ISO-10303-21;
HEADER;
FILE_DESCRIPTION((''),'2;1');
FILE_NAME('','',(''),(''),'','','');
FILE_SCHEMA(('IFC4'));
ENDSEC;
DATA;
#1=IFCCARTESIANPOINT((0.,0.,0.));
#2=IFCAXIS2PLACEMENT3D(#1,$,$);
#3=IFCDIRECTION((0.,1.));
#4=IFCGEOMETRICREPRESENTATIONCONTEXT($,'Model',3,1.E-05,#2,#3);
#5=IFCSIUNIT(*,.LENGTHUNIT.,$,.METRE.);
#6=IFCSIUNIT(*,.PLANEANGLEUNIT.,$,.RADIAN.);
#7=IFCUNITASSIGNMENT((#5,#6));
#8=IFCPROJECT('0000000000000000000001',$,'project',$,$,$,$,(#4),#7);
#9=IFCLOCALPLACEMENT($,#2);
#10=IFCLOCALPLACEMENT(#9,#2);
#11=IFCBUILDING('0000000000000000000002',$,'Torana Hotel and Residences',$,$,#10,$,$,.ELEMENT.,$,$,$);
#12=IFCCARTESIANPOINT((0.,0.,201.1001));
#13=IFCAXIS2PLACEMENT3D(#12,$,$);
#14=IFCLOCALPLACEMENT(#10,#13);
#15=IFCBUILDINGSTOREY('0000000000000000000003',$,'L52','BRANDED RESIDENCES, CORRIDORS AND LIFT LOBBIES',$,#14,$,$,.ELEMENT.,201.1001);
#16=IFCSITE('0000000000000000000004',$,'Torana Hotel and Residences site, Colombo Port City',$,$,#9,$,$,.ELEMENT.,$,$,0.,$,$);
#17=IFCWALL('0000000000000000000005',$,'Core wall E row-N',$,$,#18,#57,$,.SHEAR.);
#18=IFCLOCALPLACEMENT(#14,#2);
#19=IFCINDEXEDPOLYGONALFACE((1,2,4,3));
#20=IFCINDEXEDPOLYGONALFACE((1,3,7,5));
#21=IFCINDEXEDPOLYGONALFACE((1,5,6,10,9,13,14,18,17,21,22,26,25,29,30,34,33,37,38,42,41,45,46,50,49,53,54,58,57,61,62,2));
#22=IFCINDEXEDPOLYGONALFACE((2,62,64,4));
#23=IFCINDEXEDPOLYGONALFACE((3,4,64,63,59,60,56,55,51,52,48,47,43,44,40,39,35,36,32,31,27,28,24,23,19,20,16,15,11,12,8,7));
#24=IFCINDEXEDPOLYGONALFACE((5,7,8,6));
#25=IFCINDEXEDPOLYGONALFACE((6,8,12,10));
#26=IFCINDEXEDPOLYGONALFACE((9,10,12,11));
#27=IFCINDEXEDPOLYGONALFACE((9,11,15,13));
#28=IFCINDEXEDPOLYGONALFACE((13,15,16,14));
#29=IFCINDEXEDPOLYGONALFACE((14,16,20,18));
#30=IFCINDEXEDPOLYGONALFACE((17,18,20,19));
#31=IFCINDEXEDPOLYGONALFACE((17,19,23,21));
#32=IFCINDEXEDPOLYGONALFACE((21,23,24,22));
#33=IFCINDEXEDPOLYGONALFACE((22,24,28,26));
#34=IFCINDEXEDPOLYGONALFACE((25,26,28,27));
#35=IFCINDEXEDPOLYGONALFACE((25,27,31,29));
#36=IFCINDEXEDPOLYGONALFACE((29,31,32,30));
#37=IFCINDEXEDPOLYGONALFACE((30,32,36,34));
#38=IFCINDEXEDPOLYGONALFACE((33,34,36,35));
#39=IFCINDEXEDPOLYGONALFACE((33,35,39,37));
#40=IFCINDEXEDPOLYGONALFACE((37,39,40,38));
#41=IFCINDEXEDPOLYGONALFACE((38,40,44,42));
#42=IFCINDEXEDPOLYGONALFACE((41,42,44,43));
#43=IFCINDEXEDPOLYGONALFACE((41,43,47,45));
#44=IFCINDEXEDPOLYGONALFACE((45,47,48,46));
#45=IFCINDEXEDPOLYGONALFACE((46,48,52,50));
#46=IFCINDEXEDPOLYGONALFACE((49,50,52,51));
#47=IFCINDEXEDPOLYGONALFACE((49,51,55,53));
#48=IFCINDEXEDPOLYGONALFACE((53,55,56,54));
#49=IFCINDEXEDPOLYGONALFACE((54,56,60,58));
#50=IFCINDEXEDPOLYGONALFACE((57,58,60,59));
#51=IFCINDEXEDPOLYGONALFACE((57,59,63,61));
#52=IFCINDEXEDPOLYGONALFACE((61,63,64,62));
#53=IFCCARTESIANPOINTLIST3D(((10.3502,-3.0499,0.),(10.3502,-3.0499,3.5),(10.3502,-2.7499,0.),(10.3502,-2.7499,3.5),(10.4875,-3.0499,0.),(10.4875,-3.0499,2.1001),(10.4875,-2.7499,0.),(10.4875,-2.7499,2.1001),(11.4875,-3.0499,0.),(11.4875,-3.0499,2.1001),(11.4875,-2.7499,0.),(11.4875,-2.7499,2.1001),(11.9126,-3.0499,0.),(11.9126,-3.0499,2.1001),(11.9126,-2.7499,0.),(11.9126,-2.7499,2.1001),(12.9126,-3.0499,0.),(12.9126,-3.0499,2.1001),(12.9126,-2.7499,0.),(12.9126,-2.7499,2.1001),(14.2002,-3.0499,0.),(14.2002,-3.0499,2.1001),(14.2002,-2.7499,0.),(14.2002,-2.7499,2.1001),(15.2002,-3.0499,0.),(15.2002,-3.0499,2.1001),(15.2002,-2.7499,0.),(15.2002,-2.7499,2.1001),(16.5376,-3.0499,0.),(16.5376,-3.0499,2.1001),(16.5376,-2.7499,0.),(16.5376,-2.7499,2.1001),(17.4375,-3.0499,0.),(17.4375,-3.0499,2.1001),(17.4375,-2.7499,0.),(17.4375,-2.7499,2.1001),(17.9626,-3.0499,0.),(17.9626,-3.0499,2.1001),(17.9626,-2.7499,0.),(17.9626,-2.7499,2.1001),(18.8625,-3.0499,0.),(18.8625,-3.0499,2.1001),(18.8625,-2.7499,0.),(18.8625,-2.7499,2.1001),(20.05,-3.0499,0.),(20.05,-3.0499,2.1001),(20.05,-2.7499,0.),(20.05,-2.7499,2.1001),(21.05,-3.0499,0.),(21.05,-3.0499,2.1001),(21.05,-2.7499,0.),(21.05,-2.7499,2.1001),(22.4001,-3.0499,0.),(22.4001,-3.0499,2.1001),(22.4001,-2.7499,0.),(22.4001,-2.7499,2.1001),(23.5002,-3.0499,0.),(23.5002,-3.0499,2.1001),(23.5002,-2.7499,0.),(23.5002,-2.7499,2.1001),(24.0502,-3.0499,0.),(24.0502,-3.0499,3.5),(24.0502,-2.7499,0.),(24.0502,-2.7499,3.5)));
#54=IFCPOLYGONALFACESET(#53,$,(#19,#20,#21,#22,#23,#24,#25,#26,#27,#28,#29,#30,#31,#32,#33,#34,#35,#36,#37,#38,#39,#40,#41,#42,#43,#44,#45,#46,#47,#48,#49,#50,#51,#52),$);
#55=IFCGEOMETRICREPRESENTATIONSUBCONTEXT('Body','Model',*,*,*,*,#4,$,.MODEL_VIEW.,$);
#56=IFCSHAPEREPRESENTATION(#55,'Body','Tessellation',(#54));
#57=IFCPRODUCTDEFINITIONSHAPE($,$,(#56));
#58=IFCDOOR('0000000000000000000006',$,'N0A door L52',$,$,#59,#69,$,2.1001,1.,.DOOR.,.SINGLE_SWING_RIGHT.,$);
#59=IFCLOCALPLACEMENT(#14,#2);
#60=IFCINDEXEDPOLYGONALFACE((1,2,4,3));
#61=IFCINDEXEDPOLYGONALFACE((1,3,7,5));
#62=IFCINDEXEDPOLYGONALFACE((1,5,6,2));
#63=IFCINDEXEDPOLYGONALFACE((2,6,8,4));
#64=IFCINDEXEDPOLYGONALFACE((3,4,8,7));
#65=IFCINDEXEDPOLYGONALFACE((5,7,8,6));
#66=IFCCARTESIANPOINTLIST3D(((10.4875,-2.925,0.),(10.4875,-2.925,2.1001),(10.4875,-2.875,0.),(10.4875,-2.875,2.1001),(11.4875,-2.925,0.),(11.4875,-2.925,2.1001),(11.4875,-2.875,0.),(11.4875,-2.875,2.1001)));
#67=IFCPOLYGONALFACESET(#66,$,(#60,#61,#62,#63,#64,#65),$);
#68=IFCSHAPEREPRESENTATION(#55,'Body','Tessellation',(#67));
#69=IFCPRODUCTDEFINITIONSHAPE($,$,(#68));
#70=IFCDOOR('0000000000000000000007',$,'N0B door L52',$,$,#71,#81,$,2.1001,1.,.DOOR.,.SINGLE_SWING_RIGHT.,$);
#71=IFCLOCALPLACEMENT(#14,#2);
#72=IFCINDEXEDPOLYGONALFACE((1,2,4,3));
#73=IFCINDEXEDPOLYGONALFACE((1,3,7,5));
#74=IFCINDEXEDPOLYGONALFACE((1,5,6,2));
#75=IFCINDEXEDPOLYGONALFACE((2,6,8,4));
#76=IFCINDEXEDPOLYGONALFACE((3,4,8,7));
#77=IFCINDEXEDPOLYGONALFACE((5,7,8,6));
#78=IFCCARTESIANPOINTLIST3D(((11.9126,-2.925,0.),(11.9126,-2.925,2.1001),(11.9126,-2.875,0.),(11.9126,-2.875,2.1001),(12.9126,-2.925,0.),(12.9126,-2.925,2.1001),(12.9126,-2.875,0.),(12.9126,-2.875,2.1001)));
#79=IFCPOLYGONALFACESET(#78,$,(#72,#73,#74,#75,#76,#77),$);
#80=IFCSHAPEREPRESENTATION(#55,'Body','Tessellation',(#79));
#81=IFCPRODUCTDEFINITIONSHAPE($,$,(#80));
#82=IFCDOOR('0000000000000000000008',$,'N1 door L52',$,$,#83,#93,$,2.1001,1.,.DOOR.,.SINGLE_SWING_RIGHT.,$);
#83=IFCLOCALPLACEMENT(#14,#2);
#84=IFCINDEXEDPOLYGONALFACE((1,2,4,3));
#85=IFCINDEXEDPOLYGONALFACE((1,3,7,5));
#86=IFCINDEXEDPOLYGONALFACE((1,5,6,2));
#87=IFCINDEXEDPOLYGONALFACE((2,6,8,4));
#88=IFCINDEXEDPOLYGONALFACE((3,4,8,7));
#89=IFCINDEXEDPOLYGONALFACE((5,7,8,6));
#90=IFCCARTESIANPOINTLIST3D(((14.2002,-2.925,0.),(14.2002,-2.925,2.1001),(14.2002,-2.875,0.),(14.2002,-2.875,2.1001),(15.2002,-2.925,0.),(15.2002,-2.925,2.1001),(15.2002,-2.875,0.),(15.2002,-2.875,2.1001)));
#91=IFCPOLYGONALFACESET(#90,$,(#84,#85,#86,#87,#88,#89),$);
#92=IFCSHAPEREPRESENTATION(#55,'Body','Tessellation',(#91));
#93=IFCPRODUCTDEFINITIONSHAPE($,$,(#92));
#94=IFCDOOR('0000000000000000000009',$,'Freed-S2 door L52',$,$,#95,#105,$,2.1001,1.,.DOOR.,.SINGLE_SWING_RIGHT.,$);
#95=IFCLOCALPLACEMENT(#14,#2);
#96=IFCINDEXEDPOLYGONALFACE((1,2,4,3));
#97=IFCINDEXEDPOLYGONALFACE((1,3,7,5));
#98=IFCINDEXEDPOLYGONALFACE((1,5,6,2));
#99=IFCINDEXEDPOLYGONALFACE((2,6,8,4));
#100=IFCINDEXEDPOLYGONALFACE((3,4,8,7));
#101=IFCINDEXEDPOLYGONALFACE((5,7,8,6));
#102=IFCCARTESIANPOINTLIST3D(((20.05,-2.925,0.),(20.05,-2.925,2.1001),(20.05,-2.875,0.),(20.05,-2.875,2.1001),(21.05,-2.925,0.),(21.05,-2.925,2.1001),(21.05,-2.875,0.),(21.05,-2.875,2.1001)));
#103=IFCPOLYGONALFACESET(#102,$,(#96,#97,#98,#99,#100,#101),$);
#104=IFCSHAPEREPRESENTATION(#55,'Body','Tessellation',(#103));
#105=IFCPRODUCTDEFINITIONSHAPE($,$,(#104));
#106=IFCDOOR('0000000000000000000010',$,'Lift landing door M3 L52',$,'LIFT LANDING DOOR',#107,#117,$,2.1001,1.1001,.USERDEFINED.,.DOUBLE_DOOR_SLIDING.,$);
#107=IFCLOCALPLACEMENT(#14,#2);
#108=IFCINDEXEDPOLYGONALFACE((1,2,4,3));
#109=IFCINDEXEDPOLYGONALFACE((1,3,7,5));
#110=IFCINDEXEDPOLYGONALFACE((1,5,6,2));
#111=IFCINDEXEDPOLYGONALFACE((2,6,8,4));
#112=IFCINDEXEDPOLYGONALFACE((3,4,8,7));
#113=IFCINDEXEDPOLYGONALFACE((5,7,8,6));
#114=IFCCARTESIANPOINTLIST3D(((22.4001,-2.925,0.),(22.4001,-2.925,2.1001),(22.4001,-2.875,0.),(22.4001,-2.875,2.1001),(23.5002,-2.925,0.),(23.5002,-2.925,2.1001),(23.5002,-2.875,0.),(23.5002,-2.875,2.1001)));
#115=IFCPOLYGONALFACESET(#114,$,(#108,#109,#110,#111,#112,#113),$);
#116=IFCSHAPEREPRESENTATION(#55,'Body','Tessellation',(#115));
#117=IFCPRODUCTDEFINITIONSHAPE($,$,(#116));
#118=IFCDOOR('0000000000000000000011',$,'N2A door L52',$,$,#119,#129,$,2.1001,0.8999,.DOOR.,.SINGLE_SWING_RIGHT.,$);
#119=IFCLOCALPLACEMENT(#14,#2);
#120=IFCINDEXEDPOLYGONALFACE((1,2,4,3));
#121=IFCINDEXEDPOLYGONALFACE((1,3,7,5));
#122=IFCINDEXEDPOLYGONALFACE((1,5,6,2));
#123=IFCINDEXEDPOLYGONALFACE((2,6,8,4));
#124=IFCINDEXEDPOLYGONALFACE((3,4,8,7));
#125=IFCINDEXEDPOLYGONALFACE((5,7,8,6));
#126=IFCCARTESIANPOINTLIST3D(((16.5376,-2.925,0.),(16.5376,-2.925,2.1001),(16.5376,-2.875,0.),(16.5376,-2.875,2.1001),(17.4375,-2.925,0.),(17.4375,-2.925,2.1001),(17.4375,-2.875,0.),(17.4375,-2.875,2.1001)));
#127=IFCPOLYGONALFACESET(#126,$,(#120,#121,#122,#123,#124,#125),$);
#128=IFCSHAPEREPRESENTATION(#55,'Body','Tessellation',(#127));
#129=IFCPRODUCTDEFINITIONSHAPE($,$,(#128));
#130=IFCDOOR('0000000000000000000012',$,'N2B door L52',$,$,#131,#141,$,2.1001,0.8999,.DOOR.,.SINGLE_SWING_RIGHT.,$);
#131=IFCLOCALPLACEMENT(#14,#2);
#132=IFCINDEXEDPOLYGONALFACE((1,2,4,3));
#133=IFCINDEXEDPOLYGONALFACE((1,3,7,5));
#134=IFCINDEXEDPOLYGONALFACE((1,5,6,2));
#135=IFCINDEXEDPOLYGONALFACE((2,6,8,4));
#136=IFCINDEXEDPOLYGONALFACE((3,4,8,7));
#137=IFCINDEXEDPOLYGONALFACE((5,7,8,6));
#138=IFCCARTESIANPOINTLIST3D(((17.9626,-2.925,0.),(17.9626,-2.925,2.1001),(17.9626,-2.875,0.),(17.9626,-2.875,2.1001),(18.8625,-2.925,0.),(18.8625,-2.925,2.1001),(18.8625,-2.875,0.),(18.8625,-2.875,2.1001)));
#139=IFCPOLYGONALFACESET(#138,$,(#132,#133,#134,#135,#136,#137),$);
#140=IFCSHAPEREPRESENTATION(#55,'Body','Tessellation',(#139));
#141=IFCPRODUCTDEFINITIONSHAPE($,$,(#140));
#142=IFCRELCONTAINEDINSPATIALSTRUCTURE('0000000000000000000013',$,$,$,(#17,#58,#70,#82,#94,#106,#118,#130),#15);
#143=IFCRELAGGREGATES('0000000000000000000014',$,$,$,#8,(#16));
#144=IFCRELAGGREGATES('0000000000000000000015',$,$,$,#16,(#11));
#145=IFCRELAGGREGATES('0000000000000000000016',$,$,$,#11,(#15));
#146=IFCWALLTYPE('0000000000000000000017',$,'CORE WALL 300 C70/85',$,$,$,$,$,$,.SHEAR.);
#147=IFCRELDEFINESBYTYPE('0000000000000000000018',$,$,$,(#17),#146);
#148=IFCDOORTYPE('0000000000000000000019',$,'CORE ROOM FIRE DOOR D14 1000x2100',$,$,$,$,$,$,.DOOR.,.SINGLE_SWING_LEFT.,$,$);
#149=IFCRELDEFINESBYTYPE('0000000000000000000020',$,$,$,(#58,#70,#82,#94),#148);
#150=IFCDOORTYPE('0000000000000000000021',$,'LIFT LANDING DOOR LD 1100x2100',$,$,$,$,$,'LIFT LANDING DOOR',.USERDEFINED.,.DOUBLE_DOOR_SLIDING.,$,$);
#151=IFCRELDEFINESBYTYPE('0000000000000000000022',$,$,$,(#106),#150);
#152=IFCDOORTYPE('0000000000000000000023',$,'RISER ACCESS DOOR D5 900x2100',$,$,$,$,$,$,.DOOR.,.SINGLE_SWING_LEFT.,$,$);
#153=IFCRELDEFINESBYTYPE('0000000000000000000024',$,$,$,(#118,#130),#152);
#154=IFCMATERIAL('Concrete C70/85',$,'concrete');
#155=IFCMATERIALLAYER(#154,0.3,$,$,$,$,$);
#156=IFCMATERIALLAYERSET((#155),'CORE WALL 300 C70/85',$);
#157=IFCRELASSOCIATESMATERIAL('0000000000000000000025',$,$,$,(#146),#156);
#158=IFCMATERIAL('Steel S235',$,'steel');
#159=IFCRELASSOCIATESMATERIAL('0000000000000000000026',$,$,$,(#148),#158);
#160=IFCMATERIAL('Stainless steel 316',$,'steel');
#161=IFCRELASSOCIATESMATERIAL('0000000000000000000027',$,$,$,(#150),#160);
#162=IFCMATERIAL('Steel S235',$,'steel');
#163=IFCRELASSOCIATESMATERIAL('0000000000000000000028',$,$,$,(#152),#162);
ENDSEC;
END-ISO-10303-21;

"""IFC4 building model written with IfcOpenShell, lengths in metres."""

from ifc_helpers import new_model, si_unit, direction, frame, frame_2d, origin, place, context, subcontext, project, spatial, rectangle, extrude, material, layer, layer_set, type_object, element, fill, save


model = new_model("IFC4")

# Units and contexts
model_context = context("Model", 3, precision=1e-05, world=origin(), true_north=direction((0.0, 1.0)))
body_context = subcontext(model_context, "Body", "Model", "MODEL_VIEW")
ifc_project = project(units=[si_unit("LENGTHUNIT", "METRE"), si_unit("PLANEANGLEUNIT", "RADIAN")], contexts=[model_context])

# Site, building, storey
site_placement = place(None, origin())
site = spatial("IfcSite", under=ifc_project, at=site_placement, Name="Torana Hotel and Residences site, Colombo Port City", CompositionType="ELEMENT", RefElevation=0.0)
building_placement = place(site_placement, origin())
building = spatial("IfcBuilding", under=site, at=building_placement, Name="Torana Hotel and Residences", CompositionType="ELEMENT")
storey_placement = place(building_placement, frame((0.0, 0.0, 201.1001)))
storey = spatial("IfcBuildingStorey", under=building, at=storey_placement, Name="L52", Description="BRANDED RESIDENCES, CORRIDORS AND LIFT LOBBIES", CompositionType="ELEMENT", Elevation=201.1001)

# Wall, openings, doors
ifc_material_1 = material(Name="Concrete C70/85", Category="concrete")
ifc_layer_1 = layer(ifc_material_1, 0.3)
ifc_layer_set_1 = layer_set([ifc_layer_1], Name="CORE WALL 300 C70/85")
wall_type_1 = type_object("IfcWallType", Name="CORE WALL 300 C70/85", PredefinedType="SHEAR", material=ifc_layer_set_1)
wall_1_placement = place(storey_placement, frame((10.3501, -2.8999, 0.0), z_axis=(0.0, 0.0, 1.0), x_axis=(1.0, 0.0, 0.0)))
wall_1 = element("IfcWall", 1, at=wall_1_placement, inside=storey, type_object=wall_type_1, Name="Core wall E row-N", PredefinedType="SHEAR", context=body_context, shape_type="SweptSolid", body=[
    extrude(rectangle(XDim=13.7, YDim=0.3, at=frame_2d((6.8501, 0.0))), origin(), (0.0, 0.0, 1.0), 3.5),
])
opening_1_placement = place(wall_1_placement, frame((12.05, 0.0, 0.0)))
opening_1 = element("IfcOpeningElement", 2, at=opening_1_placement, cuts=wall_1, PredefinedType="OPENING", context=body_context, shape_type="SweptSolid", body=[
    extrude(rectangle(XDim=1.1001, YDim=2.1001, at=frame_2d((0.55, 1.05))), frame((0.0, 0.1599, 0.0), z_axis=(0.0, -1.0, 0.0), x_axis=(1.0, 0.0, 0.0)), (0.0, 0.0, 1.0), 0.3201),
])
opening_2_placement = place(wall_1_placement, frame((6.1875, 0.0, 0.0)))
opening_2 = element("IfcOpeningElement", 3, at=opening_2_placement, cuts=wall_1, PredefinedType="OPENING", context=body_context, shape_type="SweptSolid", body=[
    extrude(rectangle(XDim=0.8999, YDim=2.1001, at=frame_2d((0.45, 1.05))), frame((0.0, 0.1599, 0.0), z_axis=(0.0, -1.0, 0.0), x_axis=(1.0, 0.0, 0.0)), (0.0, 0.0, 1.0), 0.3201),
])
opening_3_placement = place(wall_1_placement, frame((7.6125, 0.0, 0.0)))
opening_3 = element("IfcOpeningElement", 4, at=opening_3_placement, cuts=wall_1, PredefinedType="OPENING", context=body_context, shape_type="SweptSolid", body=[
    extrude(rectangle(XDim=0.8999, YDim=2.1001, at=frame_2d((0.45, 1.05))), frame((0.0, 0.1599, 0.0), z_axis=(0.0, -1.0, 0.0), x_axis=(1.0, 0.0, 0.0)), (0.0, 0.0, 1.0), 0.3201),
])
opening_4_placement = place(wall_1_placement, frame((0.1375, 0.0, 0.0)))
opening_4 = element("IfcOpeningElement", 5, at=opening_4_placement, cuts=wall_1, PredefinedType="OPENING", context=body_context, shape_type="SweptSolid", body=[
    extrude(rectangle(XDim=1.0, YDim=2.1001, at=frame_2d((0.5, 1.05))), frame((0.0, 0.1599, 0.0), z_axis=(0.0, -1.0, 0.0), x_axis=(1.0, 0.0, 0.0)), (0.0, 0.0, 1.0), 0.3201),
])
opening_5_placement = place(wall_1_placement, frame((1.5625, 0.0, 0.0)))
opening_5 = element("IfcOpeningElement", 6, at=opening_5_placement, cuts=wall_1, PredefinedType="OPENING", context=body_context, shape_type="SweptSolid", body=[
    extrude(rectangle(XDim=1.0, YDim=2.1001, at=frame_2d((0.5, 1.05))), frame((0.0, 0.1599, 0.0), z_axis=(0.0, -1.0, 0.0), x_axis=(1.0, 0.0, 0.0)), (0.0, 0.0, 1.0), 0.3201),
])
opening_6_placement = place(wall_1_placement, frame((3.8501, 0.0, 0.0)))
opening_6 = element("IfcOpeningElement", 7, at=opening_6_placement, cuts=wall_1, PredefinedType="OPENING", context=body_context, shape_type="SweptSolid", body=[
    extrude(rectangle(XDim=1.0, YDim=2.1001, at=frame_2d((0.5, 1.05))), frame((0.0, 0.1599, 0.0), z_axis=(0.0, -1.0, 0.0), x_axis=(1.0, 0.0, 0.0)), (0.0, 0.0, 1.0), 0.3201),
])
opening_7_placement = place(wall_1_placement, frame((9.7, 0.0, 0.0)))
opening_7 = element("IfcOpeningElement", 8, at=opening_7_placement, cuts=wall_1, PredefinedType="OPENING", context=body_context, shape_type="SweptSolid", body=[
    extrude(rectangle(XDim=1.0, YDim=2.1001, at=frame_2d((0.5, 1.05))), frame((0.0, 0.1599, 0.0), z_axis=(0.0, -1.0, 0.0), x_axis=(1.0, 0.0, 0.0)), (0.0, 0.0, 1.0), 0.3201),
])
ifc_material_2 = material(Name="Steel S235", Category="steel")
door_type_1 = type_object("IfcDoorType", Name="CORE ROOM FIRE DOOR D14 1000x2100", OperationType="SINGLE_SWING_LEFT", PredefinedType="DOOR", material=ifc_material_2)
door_1_placement = place(opening_4_placement, origin())
door_1 = element("IfcDoor", 9, at=door_1_placement, inside=storey, type_object=door_type_1, Name="N0A door L52", OperationType="SINGLE_SWING_RIGHT", OverallHeight=2.1001, OverallWidth=1.0, PredefinedType="DOOR", context=body_context, shape_type="SweptSolid", body=[
    extrude(rectangle(XDim=1.0, YDim=2.1001, at=frame_2d((0.5, 1.05))), frame((0.0, 0.0249, 0.0), z_axis=(0.0, -1.0, 0.0), x_axis=(1.0, 0.0, 0.0)), (0.0, 0.0, 1.0), 0.05),
])
fill(opening_4, door_1)
door_2_placement = place(opening_5_placement, origin())
door_2 = element("IfcDoor", 10, at=door_2_placement, inside=storey, type_object=door_type_1, Name="N0B door L52", OperationType="SINGLE_SWING_RIGHT", OverallHeight=2.1001, OverallWidth=1.0, PredefinedType="DOOR", context=body_context, shape_type="SweptSolid", body=[
    extrude(rectangle(XDim=1.0, YDim=2.1001, at=frame_2d((0.5, 1.05))), frame((0.0, 0.0249, 0.0), z_axis=(0.0, -1.0, 0.0), x_axis=(1.0, 0.0, 0.0)), (0.0, 0.0, 1.0), 0.05),
])
fill(opening_5, door_2)
door_3_placement = place(opening_6_placement, origin())
door_3 = element("IfcDoor", 11, at=door_3_placement, inside=storey, type_object=door_type_1, Name="N1 door L52", OperationType="SINGLE_SWING_RIGHT", OverallHeight=2.1001, OverallWidth=1.0, PredefinedType="DOOR", context=body_context, shape_type="SweptSolid", body=[
    extrude(rectangle(XDim=1.0, YDim=2.1001, at=frame_2d((0.5, 1.05))), frame((0.0, 0.0249, 0.0), z_axis=(0.0, -1.0, 0.0), x_axis=(1.0, 0.0, 0.0)), (0.0, 0.0, 1.0), 0.05),
])
fill(opening_6, door_3)
door_4_placement = place(opening_7_placement, origin())
door_4 = element("IfcDoor", 12, at=door_4_placement, inside=storey, type_object=door_type_1, Name="Freed-S2 door L52", OperationType="SINGLE_SWING_RIGHT", OverallHeight=2.1001, OverallWidth=1.0, PredefinedType="DOOR", context=body_context, shape_type="SweptSolid", body=[
    extrude(rectangle(XDim=1.0, YDim=2.1001, at=frame_2d((0.5, 1.05))), frame((0.0, 0.0249, 0.0), z_axis=(0.0, -1.0, 0.0), x_axis=(1.0, 0.0, 0.0)), (0.0, 0.0, 1.0), 0.05),
])
fill(opening_7, door_4)
ifc_material_3 = material(Name="Stainless steel 316", Category="steel")
door_type_2 = type_object("IfcDoorType", Name="LIFT LANDING DOOR LD 1100x2100", ElementType="LIFT LANDING DOOR", OperationType="DOUBLE_DOOR_SLIDING", PredefinedType="USERDEFINED", material=ifc_material_3)
door_5_placement = place(opening_1_placement, origin())
door_5 = element("IfcDoor", 13, at=door_5_placement, inside=storey, type_object=door_type_2, Name="Lift landing door M3 L52", ObjectType="LIFT LANDING DOOR", OperationType="DOUBLE_DOOR_SLIDING", OverallHeight=2.1001, OverallWidth=1.1001, PredefinedType="USERDEFINED", context=body_context, shape_type="SweptSolid", body=[
    extrude(rectangle(XDim=1.1001, YDim=2.1001, at=frame_2d((0.55, 1.05))), frame((0.0, 0.0249, 0.0), z_axis=(0.0, -1.0, 0.0), x_axis=(1.0, 0.0, 0.0)), (0.0, 0.0, 1.0), 0.05),
])
fill(opening_1, door_5)
ifc_material_4 = material(Name="Steel S235", Category="steel")
door_type_3 = type_object("IfcDoorType", Name="RISER ACCESS DOOR D5 900x2100", OperationType="SINGLE_SWING_LEFT", PredefinedType="DOOR", material=ifc_material_4)
door_6_placement = place(opening_2_placement, origin())
door_6 = element("IfcDoor", 14, at=door_6_placement, inside=storey, type_object=door_type_3, Name="N2A door L52", OperationType="SINGLE_SWING_RIGHT", OverallHeight=2.1001, OverallWidth=0.8999, PredefinedType="DOOR", context=body_context, shape_type="SweptSolid", body=[
    extrude(rectangle(XDim=0.8999, YDim=2.1001, at=frame_2d((0.45, 1.05))), frame((0.0, 0.0249, 0.0), z_axis=(0.0, -1.0, 0.0), x_axis=(1.0, 0.0, 0.0)), (0.0, 0.0, 1.0), 0.05),
])
fill(opening_2, door_6)
door_7_placement = place(opening_3_placement, origin())
door_7 = element("IfcDoor", 15, at=door_7_placement, inside=storey, type_object=door_type_3, Name="N2B door L52", OperationType="SINGLE_SWING_RIGHT", OverallHeight=2.1001, OverallWidth=0.8999, PredefinedType="DOOR", context=body_context, shape_type="SweptSolid", body=[
    extrude(rectangle(XDim=0.8999, YDim=2.1001, at=frame_2d((0.45, 1.05))), frame((0.0, 0.0249, 0.0), z_axis=(0.0, -1.0, 0.0), x_axis=(1.0, 0.0, 0.0)), (0.0, 0.0, 1.0), 0.05),
])
fill(opening_3, door_7)

save(model, "model.ifc")
